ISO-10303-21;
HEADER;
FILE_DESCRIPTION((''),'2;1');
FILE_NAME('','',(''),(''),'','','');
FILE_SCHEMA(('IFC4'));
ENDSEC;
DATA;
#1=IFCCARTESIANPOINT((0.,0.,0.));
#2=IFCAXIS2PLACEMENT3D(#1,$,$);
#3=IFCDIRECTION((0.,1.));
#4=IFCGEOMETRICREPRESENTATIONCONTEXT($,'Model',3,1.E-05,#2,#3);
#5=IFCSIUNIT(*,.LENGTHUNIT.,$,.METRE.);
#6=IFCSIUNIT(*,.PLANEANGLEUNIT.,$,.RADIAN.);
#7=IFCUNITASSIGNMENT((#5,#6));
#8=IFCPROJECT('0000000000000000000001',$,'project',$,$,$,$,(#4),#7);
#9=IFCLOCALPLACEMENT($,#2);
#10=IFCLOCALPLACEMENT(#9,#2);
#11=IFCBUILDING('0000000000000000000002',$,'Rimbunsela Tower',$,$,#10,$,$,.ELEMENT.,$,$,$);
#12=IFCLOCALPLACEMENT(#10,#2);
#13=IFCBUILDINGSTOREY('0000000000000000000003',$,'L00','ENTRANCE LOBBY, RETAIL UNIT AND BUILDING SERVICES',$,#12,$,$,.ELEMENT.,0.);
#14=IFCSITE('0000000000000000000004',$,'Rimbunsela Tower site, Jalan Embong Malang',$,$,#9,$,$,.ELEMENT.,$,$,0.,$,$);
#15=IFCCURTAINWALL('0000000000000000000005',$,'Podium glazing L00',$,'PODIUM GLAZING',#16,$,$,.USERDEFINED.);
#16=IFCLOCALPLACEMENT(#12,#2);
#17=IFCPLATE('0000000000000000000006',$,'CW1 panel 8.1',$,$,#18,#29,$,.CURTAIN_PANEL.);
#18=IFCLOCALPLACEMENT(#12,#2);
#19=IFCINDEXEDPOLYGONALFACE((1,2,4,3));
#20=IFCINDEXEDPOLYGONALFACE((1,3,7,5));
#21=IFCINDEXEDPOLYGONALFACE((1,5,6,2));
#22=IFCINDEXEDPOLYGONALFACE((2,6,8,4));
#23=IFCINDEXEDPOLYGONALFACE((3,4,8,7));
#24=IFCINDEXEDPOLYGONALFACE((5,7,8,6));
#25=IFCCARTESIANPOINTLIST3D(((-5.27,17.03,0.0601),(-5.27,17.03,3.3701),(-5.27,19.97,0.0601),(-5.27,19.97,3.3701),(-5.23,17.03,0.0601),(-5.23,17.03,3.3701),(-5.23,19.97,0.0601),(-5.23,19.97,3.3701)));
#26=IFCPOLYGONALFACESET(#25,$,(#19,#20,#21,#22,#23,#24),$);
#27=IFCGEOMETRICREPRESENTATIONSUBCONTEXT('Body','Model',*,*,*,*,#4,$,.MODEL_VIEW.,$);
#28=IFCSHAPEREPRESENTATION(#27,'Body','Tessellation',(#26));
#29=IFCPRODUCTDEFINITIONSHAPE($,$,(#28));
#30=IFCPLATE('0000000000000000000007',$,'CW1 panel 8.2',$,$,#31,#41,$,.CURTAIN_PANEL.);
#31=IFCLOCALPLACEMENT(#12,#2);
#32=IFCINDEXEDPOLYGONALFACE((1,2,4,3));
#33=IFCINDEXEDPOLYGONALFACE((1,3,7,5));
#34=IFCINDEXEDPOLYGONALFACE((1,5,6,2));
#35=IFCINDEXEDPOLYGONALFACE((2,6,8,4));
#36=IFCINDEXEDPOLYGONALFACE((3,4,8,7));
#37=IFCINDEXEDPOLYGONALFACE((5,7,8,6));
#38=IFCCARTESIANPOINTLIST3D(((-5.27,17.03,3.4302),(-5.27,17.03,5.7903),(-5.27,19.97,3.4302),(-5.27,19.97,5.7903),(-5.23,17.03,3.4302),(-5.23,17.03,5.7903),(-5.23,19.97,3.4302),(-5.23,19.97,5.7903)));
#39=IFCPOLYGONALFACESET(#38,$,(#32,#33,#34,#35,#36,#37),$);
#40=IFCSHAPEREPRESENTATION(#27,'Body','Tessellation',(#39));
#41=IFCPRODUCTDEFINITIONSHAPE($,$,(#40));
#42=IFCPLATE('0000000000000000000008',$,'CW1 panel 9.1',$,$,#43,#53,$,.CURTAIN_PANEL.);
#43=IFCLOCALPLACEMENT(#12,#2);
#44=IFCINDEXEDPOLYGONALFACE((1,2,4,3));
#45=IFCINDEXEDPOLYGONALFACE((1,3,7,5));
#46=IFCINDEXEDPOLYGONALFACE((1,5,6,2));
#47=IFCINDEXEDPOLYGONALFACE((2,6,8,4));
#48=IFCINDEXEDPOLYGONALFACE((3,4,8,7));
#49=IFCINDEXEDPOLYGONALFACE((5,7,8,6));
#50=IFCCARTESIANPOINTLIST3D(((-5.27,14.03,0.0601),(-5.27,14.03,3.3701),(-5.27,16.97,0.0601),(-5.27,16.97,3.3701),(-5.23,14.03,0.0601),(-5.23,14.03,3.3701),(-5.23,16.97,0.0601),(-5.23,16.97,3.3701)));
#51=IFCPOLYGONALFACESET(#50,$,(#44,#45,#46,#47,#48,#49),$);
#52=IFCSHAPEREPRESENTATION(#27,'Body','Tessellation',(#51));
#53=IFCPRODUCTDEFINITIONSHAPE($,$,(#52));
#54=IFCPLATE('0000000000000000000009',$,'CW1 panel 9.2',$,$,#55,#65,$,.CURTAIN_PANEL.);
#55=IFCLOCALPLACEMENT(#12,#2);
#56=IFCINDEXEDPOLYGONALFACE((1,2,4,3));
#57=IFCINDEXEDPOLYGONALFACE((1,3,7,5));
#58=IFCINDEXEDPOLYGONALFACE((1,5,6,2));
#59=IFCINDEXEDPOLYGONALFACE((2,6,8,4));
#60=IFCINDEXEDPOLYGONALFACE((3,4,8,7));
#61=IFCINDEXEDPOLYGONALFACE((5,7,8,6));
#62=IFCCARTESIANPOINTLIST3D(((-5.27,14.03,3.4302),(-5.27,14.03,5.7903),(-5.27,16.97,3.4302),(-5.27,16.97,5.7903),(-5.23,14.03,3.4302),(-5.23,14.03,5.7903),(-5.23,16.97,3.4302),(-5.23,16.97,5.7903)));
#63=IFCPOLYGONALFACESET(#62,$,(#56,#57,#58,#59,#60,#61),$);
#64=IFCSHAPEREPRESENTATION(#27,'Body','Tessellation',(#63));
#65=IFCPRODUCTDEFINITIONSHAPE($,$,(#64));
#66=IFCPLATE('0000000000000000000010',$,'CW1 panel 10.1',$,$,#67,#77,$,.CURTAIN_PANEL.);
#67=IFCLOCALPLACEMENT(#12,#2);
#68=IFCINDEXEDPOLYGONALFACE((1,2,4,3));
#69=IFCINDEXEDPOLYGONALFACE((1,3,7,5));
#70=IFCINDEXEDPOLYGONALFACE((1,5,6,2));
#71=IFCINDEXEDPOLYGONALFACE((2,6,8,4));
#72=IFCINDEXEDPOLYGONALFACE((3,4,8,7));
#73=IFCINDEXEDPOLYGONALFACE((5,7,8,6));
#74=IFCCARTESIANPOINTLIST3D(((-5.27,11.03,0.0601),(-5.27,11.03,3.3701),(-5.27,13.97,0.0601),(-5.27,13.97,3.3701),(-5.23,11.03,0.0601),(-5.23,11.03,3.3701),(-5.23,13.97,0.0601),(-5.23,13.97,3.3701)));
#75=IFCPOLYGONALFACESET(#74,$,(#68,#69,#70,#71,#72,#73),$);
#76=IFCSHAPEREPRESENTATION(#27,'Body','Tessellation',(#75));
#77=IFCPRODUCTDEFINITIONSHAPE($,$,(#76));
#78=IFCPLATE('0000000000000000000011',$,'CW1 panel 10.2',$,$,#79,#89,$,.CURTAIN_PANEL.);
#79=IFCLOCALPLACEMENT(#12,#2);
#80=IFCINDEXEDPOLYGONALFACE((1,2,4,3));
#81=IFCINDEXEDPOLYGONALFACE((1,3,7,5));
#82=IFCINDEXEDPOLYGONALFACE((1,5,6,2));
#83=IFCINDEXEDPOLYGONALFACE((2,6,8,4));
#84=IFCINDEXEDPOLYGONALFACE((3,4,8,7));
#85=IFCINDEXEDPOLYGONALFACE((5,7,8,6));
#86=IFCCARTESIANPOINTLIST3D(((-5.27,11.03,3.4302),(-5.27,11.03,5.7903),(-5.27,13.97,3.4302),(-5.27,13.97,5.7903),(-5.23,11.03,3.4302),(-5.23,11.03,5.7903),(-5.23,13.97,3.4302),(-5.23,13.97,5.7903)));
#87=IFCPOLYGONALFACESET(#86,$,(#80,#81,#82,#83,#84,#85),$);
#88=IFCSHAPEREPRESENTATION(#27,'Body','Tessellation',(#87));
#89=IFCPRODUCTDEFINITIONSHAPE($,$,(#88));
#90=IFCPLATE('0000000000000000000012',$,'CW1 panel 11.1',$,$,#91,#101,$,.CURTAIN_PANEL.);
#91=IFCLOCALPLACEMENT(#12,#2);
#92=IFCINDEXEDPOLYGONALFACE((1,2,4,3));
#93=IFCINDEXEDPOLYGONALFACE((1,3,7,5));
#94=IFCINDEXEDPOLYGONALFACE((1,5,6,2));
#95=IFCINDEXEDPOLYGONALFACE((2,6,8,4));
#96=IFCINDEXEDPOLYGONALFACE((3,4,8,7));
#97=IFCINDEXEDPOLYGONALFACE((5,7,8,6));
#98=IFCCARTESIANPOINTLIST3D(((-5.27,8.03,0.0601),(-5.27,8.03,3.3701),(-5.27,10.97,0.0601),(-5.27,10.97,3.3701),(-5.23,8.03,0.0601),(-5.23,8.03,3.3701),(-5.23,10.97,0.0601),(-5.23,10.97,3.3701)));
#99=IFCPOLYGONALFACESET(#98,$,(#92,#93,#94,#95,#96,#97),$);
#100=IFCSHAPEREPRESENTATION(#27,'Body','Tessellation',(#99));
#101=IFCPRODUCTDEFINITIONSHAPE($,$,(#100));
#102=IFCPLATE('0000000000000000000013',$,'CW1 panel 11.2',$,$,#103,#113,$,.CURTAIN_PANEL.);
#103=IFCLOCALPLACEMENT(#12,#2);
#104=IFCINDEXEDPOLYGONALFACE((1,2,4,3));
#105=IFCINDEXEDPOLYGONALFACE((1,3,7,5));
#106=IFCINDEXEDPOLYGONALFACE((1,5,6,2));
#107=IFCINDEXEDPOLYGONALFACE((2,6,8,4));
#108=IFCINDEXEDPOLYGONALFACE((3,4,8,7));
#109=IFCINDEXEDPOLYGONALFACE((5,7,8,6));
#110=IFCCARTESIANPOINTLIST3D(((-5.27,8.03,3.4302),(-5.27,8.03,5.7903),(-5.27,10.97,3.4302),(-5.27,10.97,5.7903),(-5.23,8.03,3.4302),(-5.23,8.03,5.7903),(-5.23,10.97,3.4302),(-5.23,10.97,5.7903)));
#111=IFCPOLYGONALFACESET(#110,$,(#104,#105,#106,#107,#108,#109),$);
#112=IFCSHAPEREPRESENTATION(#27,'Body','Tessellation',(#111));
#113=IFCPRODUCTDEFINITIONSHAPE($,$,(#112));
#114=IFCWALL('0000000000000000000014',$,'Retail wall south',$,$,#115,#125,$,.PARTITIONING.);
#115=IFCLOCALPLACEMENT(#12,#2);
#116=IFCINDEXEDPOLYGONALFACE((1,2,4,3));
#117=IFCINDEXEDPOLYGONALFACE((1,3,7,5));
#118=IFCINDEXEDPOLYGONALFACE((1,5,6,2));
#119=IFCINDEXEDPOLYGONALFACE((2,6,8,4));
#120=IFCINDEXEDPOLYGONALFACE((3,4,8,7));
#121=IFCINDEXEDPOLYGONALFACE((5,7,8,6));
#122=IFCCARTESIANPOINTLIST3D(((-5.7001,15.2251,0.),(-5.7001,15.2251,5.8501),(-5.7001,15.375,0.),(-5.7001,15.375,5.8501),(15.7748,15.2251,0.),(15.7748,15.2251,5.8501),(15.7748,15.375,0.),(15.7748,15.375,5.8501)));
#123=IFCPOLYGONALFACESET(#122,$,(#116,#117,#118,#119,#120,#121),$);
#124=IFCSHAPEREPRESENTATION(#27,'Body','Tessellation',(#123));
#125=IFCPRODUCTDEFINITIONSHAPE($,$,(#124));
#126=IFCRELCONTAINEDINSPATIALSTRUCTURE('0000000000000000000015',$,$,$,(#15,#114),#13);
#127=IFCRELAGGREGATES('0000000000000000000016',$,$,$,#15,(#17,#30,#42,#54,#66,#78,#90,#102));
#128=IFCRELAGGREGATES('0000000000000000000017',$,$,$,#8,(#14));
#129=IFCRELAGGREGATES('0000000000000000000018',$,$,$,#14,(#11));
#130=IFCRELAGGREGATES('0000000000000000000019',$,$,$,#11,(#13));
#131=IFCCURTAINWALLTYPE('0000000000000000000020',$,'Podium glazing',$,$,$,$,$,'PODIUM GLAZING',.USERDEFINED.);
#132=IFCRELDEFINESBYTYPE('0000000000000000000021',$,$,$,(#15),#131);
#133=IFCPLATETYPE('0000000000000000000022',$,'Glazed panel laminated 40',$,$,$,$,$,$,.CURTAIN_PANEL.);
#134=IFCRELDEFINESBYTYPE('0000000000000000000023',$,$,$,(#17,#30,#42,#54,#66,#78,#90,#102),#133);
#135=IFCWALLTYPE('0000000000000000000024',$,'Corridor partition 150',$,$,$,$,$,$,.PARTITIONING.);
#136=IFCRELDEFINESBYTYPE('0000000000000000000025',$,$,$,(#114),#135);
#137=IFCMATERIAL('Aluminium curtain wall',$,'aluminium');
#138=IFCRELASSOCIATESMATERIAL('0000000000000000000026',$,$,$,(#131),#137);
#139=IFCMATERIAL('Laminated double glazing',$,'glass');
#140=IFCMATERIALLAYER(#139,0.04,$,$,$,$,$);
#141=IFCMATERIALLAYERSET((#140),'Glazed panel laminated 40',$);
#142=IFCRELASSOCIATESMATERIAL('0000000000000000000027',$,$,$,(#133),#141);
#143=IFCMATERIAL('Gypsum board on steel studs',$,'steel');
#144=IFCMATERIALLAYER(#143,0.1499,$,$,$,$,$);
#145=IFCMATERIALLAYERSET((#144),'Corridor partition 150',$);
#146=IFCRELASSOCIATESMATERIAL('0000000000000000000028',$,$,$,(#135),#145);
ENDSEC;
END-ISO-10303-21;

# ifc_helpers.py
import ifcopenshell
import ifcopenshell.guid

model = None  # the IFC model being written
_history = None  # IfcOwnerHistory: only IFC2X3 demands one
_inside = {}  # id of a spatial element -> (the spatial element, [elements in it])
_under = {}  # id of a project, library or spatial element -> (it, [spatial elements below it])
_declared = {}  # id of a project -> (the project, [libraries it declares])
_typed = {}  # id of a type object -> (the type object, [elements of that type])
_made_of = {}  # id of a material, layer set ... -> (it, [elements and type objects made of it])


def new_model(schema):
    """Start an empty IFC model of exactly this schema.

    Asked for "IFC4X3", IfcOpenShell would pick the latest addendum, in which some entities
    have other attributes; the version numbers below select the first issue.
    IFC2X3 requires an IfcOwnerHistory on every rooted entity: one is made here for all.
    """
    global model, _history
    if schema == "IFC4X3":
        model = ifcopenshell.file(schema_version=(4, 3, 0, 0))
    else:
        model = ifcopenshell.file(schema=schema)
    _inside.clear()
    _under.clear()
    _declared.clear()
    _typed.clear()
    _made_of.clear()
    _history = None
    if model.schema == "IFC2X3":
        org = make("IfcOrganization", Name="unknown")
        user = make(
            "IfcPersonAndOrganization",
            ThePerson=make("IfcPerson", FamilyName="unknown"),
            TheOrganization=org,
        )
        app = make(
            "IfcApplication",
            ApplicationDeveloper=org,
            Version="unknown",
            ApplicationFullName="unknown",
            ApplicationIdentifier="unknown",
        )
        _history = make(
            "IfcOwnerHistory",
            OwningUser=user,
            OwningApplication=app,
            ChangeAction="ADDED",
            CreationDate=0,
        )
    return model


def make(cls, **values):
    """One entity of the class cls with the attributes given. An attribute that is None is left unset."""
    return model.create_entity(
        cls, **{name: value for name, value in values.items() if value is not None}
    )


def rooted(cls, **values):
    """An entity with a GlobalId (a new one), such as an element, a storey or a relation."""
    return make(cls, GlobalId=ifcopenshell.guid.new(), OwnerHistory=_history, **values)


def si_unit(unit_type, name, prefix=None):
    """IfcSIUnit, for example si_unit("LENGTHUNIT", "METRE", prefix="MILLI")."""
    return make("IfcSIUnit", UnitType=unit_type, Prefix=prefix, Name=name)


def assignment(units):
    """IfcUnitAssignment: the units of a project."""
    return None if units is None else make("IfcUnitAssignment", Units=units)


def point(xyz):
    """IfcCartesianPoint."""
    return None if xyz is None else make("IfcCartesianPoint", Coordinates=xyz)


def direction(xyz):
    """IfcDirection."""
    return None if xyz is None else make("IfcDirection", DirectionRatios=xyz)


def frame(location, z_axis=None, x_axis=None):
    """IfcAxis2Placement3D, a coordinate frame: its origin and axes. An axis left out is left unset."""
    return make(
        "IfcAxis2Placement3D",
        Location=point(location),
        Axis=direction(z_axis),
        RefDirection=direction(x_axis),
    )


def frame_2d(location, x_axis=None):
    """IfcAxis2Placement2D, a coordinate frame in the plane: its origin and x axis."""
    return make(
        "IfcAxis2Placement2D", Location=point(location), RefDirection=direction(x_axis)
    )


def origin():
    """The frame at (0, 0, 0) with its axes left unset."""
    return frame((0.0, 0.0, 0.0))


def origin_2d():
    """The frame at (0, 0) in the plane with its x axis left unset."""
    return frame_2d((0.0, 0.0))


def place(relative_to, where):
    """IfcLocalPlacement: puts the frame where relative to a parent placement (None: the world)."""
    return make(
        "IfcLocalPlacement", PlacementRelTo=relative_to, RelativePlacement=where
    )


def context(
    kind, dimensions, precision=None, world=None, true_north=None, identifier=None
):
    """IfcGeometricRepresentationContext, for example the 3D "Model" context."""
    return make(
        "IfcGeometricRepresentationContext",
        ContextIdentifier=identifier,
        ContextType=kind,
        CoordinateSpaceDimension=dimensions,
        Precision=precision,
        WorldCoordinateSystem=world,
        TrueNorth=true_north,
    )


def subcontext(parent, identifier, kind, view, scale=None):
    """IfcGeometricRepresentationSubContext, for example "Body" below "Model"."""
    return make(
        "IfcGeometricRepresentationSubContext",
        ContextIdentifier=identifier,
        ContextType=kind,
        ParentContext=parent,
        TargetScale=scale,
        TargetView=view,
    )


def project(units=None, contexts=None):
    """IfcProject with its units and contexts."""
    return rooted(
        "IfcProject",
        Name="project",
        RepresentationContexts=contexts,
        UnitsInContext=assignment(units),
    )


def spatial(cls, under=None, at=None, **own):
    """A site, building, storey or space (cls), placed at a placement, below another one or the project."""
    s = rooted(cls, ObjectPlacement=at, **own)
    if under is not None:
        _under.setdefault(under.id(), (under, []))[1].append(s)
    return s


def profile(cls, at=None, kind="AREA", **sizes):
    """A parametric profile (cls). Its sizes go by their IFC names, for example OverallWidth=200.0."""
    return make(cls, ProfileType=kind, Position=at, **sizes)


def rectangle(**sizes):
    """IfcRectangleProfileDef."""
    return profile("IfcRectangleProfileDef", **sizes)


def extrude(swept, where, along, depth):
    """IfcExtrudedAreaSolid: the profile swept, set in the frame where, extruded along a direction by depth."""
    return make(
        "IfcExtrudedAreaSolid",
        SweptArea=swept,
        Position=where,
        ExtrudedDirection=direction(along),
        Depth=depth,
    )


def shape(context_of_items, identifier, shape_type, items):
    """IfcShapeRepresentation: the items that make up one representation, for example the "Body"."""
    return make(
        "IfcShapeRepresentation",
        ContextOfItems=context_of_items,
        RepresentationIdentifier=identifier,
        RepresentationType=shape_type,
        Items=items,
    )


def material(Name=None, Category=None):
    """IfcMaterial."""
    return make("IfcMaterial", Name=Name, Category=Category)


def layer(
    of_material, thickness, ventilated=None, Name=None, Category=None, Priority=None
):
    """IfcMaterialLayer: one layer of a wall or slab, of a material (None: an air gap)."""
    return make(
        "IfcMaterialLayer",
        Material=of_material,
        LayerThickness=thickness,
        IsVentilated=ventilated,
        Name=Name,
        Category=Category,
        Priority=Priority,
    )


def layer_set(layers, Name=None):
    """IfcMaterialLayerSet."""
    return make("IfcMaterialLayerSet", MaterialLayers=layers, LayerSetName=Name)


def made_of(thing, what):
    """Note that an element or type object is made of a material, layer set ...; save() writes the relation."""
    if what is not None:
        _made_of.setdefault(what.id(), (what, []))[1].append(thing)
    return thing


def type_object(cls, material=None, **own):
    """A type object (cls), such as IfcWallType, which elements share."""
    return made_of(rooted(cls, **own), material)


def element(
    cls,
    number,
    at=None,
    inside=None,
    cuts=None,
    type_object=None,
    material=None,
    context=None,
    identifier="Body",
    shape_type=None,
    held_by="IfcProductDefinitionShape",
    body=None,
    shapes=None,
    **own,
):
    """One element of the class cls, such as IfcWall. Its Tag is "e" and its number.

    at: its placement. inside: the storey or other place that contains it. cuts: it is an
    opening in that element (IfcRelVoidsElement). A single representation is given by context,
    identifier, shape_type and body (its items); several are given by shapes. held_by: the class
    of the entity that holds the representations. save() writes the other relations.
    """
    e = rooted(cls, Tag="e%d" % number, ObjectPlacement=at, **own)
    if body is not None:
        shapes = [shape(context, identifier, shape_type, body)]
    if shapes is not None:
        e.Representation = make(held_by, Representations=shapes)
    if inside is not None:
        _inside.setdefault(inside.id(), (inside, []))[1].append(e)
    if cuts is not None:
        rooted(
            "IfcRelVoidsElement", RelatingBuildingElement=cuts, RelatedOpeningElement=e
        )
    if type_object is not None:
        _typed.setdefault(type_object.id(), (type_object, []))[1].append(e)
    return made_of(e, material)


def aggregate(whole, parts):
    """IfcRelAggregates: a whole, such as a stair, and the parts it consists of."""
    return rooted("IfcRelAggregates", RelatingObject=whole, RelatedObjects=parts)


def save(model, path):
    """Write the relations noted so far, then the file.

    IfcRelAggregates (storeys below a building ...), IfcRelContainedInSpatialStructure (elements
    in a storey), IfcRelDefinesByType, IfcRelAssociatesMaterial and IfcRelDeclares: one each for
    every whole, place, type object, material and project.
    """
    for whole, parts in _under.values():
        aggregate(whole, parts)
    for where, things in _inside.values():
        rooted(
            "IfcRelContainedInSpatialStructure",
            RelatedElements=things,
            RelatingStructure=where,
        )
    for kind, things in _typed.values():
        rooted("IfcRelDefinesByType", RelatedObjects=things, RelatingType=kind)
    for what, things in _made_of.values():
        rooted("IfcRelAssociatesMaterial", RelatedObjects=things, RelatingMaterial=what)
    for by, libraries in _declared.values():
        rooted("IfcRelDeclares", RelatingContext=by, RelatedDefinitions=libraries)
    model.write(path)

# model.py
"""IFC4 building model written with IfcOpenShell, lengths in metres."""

from ifc_helpers import new_model, si_unit, direction, frame, frame_2d, origin, origin_2d, place, context, subcontext, project, spatial, rectangle, extrude, material, layer, layer_set, type_object, element, aggregate, save


model = new_model("IFC4")

# Units and contexts
model_context = context("Model", 3, precision=1e-05, world=origin(), true_north=direction((0.0, 1.0)))
body_context = subcontext(model_context, "Body", "Model", "MODEL_VIEW")
ifc_project = project(units=[si_unit("LENGTHUNIT", "METRE"), si_unit("PLANEANGLEUNIT", "RADIAN")], contexts=[model_context])

# Site, building, storey
site_placement = place(None, origin())
site = spatial("IfcSite", under=ifc_project, at=site_placement, Name="Rimbunsela Tower site, Jalan Embong Malang", CompositionType="ELEMENT", RefElevation=0.0)
building_placement = place(site_placement, origin())
building = spatial("IfcBuilding", under=site, at=building_placement, Name="Rimbunsela Tower", CompositionType="ELEMENT")
storey_placement = place(building_placement, origin())
storey = spatial("IfcBuildingStorey", under=building, at=storey_placement, Name="L00", Description="ENTRANCE LOBBY, RETAIL UNIT AND BUILDING SERVICES", CompositionType="ELEMENT", Elevation=0.0)

# Curtain wall, plates
ifc_material_1 = material(Name="Aluminium curtain wall", Category="aluminium")
curtain_wall_type = type_object("IfcCurtainWallType", Name="Podium glazing", ElementType="PODIUM GLAZING", PredefinedType="USERDEFINED", material=ifc_material_1)
curtain_wall_placement = place(storey_placement, origin())
curtain_wall = element("IfcCurtainWall", 1, at=curtain_wall_placement, inside=storey, type_object=curtain_wall_type, Name="Podium glazing L00", ObjectType="PODIUM GLAZING", PredefinedType="USERDEFINED")
ifc_material_2 = material(Name="Laminated double glazing", Category="glass")
ifc_layer_1 = layer(ifc_material_2, 0.04)
ifc_layer_set_1 = layer_set([ifc_layer_1], Name="Glazed panel laminated 40")
plate_type = type_object("IfcPlateType", Name="Glazed panel laminated 40", PredefinedType="CURTAIN_PANEL", material=ifc_layer_set_1)
plate_1_placement = place(storey_placement, frame((-5.25, 18.5, 0.0601), z_axis=(0.0, 0.0, 1.0), x_axis=(0.0, -1.0, 0.0)))
plate_1 = element("IfcPlate", 2, at=plate_1_placement, type_object=plate_type, Name="CW1 panel 8.1", PredefinedType="CURTAIN_PANEL", context=body_context, shape_type="SweptSolid", body=[
    extrude(rectangle(XDim=2.9399, YDim=0.04, at=origin_2d()), origin(), (0.0, 0.0, 1.0), 3.3101),
])
plate_2_placement = place(storey_placement, frame((-5.25, 18.5, 3.4302), z_axis=(0.0, 0.0, 1.0), x_axis=(0.0, -1.0, 0.0)))
plate_2 = element("IfcPlate", 3, at=plate_2_placement, type_object=plate_type, Name="CW1 panel 8.2", PredefinedType="CURTAIN_PANEL", context=body_context, shape_type="SweptSolid", body=[
    extrude(rectangle(XDim=2.9399, YDim=0.04, at=origin_2d()), origin(), (0.0, 0.0, 1.0), 2.3601),
])
plate_3_placement = place(storey_placement, frame((-5.25, 15.5, 0.0601), z_axis=(0.0, 0.0, 1.0), x_axis=(0.0, -1.0, 0.0)))
plate_3 = element("IfcPlate", 4, at=plate_3_placement, type_object=plate_type, Name="CW1 panel 9.1", PredefinedType="CURTAIN_PANEL", context=body_context, shape_type="SweptSolid", body=[
    extrude(rectangle(XDim=2.9399, YDim=0.04, at=origin_2d()), origin(), (0.0, 0.0, 1.0), 3.3101),
])
plate_4_placement = place(storey_placement, frame((-5.25, 15.5, 3.4302), z_axis=(0.0, 0.0, 1.0), x_axis=(0.0, -1.0, 0.0)))
plate_4 = element("IfcPlate", 5, at=plate_4_placement, type_object=plate_type, Name="CW1 panel 9.2", PredefinedType="CURTAIN_PANEL", context=body_context, shape_type="SweptSolid", body=[
    extrude(rectangle(XDim=2.9399, YDim=0.04, at=origin_2d()), origin(), (0.0, 0.0, 1.0), 2.3601),
])
plate_5_placement = place(storey_placement, frame((-5.25, 12.5, 0.0601), z_axis=(0.0, 0.0, 1.0), x_axis=(0.0, -1.0, 0.0)))
plate_5 = element("IfcPlate", 6, at=plate_5_placement, type_object=plate_type, Name="CW1 panel 10.1", PredefinedType="CURTAIN_PANEL", context=body_context, shape_type="SweptSolid", body=[
    extrude(rectangle(XDim=2.9399, YDim=0.04, at=origin_2d()), origin(), (0.0, 0.0, 1.0), 3.3101),
])
plate_6_placement = place(storey_placement, frame((-5.25, 12.5, 3.4302), z_axis=(0.0, 0.0, 1.0), x_axis=(0.0, -1.0, 0.0)))
plate_6 = element("IfcPlate", 7, at=plate_6_placement, type_object=plate_type, Name="CW1 panel 10.2", PredefinedType="CURTAIN_PANEL", context=body_context, shape_type="SweptSolid", body=[
    extrude(rectangle(XDim=2.9399, YDim=0.04, at=origin_2d()), origin(), (0.0, 0.0, 1.0), 2.3601),
])
plate_7_placement = place(storey_placement, frame((-5.25, 9.5, 0.0601), z_axis=(0.0, 0.0, 1.0), x_axis=(0.0, -1.0, 0.0)))
plate_7 = element("IfcPlate", 8, at=plate_7_placement, type_object=plate_type, Name="CW1 panel 11.1", PredefinedType="CURTAIN_PANEL", context=body_context, shape_type="SweptSolid", body=[
    extrude(rectangle(XDim=2.9399, YDim=0.04, at=origin_2d()), origin(), (0.0, 0.0, 1.0), 3.3101),
])
plate_8_placement = place(storey_placement, frame((-5.25, 9.5, 3.4302), z_axis=(0.0, 0.0, 1.0), x_axis=(0.0, -1.0, 0.0)))
plate_8 = element("IfcPlate", 9, at=plate_8_placement, type_object=plate_type, Name="CW1 panel 11.2", PredefinedType="CURTAIN_PANEL", context=body_context, shape_type="SweptSolid", body=[
    extrude(rectangle(XDim=2.9399, YDim=0.04, at=origin_2d()), origin(), (0.0, 0.0, 1.0), 2.3601),
])
aggregate(curtain_wall, [plate_1, plate_2, plate_3, plate_4, plate_5, plate_6, plate_7, plate_8])

# Wall
ifc_material_3 = material(Name="Gypsum board on steel studs", Category="steel")
ifc_layer_2 = layer(ifc_material_3, 0.1499)
ifc_layer_set_2 = layer_set([ifc_layer_2], Name="Corridor partition 150")
wall_type = type_object("IfcWallType", Name="Corridor partition 150", PredefinedType="PARTITIONING", material=ifc_layer_set_2)
wall_placement = place(storey_placement, frame((-5.7, 15.3, 0.0), z_axis=(0.0, 0.0, 1.0), x_axis=(1.0, 0.0, 0.0)))
element("IfcWall", 10, at=wall_placement, inside=storey, type_object=wall_type, Name="Retail wall south", PredefinedType="PARTITIONING", context=body_context, shape_type="SweptSolid", body=[
    extrude(rectangle(XDim=21.4749, YDim=0.1499, at=frame_2d((10.7373, 0.0))), origin(), (0.0, 0.0, 1.0), 5.8501),
])

save(model, "model.ifc")
